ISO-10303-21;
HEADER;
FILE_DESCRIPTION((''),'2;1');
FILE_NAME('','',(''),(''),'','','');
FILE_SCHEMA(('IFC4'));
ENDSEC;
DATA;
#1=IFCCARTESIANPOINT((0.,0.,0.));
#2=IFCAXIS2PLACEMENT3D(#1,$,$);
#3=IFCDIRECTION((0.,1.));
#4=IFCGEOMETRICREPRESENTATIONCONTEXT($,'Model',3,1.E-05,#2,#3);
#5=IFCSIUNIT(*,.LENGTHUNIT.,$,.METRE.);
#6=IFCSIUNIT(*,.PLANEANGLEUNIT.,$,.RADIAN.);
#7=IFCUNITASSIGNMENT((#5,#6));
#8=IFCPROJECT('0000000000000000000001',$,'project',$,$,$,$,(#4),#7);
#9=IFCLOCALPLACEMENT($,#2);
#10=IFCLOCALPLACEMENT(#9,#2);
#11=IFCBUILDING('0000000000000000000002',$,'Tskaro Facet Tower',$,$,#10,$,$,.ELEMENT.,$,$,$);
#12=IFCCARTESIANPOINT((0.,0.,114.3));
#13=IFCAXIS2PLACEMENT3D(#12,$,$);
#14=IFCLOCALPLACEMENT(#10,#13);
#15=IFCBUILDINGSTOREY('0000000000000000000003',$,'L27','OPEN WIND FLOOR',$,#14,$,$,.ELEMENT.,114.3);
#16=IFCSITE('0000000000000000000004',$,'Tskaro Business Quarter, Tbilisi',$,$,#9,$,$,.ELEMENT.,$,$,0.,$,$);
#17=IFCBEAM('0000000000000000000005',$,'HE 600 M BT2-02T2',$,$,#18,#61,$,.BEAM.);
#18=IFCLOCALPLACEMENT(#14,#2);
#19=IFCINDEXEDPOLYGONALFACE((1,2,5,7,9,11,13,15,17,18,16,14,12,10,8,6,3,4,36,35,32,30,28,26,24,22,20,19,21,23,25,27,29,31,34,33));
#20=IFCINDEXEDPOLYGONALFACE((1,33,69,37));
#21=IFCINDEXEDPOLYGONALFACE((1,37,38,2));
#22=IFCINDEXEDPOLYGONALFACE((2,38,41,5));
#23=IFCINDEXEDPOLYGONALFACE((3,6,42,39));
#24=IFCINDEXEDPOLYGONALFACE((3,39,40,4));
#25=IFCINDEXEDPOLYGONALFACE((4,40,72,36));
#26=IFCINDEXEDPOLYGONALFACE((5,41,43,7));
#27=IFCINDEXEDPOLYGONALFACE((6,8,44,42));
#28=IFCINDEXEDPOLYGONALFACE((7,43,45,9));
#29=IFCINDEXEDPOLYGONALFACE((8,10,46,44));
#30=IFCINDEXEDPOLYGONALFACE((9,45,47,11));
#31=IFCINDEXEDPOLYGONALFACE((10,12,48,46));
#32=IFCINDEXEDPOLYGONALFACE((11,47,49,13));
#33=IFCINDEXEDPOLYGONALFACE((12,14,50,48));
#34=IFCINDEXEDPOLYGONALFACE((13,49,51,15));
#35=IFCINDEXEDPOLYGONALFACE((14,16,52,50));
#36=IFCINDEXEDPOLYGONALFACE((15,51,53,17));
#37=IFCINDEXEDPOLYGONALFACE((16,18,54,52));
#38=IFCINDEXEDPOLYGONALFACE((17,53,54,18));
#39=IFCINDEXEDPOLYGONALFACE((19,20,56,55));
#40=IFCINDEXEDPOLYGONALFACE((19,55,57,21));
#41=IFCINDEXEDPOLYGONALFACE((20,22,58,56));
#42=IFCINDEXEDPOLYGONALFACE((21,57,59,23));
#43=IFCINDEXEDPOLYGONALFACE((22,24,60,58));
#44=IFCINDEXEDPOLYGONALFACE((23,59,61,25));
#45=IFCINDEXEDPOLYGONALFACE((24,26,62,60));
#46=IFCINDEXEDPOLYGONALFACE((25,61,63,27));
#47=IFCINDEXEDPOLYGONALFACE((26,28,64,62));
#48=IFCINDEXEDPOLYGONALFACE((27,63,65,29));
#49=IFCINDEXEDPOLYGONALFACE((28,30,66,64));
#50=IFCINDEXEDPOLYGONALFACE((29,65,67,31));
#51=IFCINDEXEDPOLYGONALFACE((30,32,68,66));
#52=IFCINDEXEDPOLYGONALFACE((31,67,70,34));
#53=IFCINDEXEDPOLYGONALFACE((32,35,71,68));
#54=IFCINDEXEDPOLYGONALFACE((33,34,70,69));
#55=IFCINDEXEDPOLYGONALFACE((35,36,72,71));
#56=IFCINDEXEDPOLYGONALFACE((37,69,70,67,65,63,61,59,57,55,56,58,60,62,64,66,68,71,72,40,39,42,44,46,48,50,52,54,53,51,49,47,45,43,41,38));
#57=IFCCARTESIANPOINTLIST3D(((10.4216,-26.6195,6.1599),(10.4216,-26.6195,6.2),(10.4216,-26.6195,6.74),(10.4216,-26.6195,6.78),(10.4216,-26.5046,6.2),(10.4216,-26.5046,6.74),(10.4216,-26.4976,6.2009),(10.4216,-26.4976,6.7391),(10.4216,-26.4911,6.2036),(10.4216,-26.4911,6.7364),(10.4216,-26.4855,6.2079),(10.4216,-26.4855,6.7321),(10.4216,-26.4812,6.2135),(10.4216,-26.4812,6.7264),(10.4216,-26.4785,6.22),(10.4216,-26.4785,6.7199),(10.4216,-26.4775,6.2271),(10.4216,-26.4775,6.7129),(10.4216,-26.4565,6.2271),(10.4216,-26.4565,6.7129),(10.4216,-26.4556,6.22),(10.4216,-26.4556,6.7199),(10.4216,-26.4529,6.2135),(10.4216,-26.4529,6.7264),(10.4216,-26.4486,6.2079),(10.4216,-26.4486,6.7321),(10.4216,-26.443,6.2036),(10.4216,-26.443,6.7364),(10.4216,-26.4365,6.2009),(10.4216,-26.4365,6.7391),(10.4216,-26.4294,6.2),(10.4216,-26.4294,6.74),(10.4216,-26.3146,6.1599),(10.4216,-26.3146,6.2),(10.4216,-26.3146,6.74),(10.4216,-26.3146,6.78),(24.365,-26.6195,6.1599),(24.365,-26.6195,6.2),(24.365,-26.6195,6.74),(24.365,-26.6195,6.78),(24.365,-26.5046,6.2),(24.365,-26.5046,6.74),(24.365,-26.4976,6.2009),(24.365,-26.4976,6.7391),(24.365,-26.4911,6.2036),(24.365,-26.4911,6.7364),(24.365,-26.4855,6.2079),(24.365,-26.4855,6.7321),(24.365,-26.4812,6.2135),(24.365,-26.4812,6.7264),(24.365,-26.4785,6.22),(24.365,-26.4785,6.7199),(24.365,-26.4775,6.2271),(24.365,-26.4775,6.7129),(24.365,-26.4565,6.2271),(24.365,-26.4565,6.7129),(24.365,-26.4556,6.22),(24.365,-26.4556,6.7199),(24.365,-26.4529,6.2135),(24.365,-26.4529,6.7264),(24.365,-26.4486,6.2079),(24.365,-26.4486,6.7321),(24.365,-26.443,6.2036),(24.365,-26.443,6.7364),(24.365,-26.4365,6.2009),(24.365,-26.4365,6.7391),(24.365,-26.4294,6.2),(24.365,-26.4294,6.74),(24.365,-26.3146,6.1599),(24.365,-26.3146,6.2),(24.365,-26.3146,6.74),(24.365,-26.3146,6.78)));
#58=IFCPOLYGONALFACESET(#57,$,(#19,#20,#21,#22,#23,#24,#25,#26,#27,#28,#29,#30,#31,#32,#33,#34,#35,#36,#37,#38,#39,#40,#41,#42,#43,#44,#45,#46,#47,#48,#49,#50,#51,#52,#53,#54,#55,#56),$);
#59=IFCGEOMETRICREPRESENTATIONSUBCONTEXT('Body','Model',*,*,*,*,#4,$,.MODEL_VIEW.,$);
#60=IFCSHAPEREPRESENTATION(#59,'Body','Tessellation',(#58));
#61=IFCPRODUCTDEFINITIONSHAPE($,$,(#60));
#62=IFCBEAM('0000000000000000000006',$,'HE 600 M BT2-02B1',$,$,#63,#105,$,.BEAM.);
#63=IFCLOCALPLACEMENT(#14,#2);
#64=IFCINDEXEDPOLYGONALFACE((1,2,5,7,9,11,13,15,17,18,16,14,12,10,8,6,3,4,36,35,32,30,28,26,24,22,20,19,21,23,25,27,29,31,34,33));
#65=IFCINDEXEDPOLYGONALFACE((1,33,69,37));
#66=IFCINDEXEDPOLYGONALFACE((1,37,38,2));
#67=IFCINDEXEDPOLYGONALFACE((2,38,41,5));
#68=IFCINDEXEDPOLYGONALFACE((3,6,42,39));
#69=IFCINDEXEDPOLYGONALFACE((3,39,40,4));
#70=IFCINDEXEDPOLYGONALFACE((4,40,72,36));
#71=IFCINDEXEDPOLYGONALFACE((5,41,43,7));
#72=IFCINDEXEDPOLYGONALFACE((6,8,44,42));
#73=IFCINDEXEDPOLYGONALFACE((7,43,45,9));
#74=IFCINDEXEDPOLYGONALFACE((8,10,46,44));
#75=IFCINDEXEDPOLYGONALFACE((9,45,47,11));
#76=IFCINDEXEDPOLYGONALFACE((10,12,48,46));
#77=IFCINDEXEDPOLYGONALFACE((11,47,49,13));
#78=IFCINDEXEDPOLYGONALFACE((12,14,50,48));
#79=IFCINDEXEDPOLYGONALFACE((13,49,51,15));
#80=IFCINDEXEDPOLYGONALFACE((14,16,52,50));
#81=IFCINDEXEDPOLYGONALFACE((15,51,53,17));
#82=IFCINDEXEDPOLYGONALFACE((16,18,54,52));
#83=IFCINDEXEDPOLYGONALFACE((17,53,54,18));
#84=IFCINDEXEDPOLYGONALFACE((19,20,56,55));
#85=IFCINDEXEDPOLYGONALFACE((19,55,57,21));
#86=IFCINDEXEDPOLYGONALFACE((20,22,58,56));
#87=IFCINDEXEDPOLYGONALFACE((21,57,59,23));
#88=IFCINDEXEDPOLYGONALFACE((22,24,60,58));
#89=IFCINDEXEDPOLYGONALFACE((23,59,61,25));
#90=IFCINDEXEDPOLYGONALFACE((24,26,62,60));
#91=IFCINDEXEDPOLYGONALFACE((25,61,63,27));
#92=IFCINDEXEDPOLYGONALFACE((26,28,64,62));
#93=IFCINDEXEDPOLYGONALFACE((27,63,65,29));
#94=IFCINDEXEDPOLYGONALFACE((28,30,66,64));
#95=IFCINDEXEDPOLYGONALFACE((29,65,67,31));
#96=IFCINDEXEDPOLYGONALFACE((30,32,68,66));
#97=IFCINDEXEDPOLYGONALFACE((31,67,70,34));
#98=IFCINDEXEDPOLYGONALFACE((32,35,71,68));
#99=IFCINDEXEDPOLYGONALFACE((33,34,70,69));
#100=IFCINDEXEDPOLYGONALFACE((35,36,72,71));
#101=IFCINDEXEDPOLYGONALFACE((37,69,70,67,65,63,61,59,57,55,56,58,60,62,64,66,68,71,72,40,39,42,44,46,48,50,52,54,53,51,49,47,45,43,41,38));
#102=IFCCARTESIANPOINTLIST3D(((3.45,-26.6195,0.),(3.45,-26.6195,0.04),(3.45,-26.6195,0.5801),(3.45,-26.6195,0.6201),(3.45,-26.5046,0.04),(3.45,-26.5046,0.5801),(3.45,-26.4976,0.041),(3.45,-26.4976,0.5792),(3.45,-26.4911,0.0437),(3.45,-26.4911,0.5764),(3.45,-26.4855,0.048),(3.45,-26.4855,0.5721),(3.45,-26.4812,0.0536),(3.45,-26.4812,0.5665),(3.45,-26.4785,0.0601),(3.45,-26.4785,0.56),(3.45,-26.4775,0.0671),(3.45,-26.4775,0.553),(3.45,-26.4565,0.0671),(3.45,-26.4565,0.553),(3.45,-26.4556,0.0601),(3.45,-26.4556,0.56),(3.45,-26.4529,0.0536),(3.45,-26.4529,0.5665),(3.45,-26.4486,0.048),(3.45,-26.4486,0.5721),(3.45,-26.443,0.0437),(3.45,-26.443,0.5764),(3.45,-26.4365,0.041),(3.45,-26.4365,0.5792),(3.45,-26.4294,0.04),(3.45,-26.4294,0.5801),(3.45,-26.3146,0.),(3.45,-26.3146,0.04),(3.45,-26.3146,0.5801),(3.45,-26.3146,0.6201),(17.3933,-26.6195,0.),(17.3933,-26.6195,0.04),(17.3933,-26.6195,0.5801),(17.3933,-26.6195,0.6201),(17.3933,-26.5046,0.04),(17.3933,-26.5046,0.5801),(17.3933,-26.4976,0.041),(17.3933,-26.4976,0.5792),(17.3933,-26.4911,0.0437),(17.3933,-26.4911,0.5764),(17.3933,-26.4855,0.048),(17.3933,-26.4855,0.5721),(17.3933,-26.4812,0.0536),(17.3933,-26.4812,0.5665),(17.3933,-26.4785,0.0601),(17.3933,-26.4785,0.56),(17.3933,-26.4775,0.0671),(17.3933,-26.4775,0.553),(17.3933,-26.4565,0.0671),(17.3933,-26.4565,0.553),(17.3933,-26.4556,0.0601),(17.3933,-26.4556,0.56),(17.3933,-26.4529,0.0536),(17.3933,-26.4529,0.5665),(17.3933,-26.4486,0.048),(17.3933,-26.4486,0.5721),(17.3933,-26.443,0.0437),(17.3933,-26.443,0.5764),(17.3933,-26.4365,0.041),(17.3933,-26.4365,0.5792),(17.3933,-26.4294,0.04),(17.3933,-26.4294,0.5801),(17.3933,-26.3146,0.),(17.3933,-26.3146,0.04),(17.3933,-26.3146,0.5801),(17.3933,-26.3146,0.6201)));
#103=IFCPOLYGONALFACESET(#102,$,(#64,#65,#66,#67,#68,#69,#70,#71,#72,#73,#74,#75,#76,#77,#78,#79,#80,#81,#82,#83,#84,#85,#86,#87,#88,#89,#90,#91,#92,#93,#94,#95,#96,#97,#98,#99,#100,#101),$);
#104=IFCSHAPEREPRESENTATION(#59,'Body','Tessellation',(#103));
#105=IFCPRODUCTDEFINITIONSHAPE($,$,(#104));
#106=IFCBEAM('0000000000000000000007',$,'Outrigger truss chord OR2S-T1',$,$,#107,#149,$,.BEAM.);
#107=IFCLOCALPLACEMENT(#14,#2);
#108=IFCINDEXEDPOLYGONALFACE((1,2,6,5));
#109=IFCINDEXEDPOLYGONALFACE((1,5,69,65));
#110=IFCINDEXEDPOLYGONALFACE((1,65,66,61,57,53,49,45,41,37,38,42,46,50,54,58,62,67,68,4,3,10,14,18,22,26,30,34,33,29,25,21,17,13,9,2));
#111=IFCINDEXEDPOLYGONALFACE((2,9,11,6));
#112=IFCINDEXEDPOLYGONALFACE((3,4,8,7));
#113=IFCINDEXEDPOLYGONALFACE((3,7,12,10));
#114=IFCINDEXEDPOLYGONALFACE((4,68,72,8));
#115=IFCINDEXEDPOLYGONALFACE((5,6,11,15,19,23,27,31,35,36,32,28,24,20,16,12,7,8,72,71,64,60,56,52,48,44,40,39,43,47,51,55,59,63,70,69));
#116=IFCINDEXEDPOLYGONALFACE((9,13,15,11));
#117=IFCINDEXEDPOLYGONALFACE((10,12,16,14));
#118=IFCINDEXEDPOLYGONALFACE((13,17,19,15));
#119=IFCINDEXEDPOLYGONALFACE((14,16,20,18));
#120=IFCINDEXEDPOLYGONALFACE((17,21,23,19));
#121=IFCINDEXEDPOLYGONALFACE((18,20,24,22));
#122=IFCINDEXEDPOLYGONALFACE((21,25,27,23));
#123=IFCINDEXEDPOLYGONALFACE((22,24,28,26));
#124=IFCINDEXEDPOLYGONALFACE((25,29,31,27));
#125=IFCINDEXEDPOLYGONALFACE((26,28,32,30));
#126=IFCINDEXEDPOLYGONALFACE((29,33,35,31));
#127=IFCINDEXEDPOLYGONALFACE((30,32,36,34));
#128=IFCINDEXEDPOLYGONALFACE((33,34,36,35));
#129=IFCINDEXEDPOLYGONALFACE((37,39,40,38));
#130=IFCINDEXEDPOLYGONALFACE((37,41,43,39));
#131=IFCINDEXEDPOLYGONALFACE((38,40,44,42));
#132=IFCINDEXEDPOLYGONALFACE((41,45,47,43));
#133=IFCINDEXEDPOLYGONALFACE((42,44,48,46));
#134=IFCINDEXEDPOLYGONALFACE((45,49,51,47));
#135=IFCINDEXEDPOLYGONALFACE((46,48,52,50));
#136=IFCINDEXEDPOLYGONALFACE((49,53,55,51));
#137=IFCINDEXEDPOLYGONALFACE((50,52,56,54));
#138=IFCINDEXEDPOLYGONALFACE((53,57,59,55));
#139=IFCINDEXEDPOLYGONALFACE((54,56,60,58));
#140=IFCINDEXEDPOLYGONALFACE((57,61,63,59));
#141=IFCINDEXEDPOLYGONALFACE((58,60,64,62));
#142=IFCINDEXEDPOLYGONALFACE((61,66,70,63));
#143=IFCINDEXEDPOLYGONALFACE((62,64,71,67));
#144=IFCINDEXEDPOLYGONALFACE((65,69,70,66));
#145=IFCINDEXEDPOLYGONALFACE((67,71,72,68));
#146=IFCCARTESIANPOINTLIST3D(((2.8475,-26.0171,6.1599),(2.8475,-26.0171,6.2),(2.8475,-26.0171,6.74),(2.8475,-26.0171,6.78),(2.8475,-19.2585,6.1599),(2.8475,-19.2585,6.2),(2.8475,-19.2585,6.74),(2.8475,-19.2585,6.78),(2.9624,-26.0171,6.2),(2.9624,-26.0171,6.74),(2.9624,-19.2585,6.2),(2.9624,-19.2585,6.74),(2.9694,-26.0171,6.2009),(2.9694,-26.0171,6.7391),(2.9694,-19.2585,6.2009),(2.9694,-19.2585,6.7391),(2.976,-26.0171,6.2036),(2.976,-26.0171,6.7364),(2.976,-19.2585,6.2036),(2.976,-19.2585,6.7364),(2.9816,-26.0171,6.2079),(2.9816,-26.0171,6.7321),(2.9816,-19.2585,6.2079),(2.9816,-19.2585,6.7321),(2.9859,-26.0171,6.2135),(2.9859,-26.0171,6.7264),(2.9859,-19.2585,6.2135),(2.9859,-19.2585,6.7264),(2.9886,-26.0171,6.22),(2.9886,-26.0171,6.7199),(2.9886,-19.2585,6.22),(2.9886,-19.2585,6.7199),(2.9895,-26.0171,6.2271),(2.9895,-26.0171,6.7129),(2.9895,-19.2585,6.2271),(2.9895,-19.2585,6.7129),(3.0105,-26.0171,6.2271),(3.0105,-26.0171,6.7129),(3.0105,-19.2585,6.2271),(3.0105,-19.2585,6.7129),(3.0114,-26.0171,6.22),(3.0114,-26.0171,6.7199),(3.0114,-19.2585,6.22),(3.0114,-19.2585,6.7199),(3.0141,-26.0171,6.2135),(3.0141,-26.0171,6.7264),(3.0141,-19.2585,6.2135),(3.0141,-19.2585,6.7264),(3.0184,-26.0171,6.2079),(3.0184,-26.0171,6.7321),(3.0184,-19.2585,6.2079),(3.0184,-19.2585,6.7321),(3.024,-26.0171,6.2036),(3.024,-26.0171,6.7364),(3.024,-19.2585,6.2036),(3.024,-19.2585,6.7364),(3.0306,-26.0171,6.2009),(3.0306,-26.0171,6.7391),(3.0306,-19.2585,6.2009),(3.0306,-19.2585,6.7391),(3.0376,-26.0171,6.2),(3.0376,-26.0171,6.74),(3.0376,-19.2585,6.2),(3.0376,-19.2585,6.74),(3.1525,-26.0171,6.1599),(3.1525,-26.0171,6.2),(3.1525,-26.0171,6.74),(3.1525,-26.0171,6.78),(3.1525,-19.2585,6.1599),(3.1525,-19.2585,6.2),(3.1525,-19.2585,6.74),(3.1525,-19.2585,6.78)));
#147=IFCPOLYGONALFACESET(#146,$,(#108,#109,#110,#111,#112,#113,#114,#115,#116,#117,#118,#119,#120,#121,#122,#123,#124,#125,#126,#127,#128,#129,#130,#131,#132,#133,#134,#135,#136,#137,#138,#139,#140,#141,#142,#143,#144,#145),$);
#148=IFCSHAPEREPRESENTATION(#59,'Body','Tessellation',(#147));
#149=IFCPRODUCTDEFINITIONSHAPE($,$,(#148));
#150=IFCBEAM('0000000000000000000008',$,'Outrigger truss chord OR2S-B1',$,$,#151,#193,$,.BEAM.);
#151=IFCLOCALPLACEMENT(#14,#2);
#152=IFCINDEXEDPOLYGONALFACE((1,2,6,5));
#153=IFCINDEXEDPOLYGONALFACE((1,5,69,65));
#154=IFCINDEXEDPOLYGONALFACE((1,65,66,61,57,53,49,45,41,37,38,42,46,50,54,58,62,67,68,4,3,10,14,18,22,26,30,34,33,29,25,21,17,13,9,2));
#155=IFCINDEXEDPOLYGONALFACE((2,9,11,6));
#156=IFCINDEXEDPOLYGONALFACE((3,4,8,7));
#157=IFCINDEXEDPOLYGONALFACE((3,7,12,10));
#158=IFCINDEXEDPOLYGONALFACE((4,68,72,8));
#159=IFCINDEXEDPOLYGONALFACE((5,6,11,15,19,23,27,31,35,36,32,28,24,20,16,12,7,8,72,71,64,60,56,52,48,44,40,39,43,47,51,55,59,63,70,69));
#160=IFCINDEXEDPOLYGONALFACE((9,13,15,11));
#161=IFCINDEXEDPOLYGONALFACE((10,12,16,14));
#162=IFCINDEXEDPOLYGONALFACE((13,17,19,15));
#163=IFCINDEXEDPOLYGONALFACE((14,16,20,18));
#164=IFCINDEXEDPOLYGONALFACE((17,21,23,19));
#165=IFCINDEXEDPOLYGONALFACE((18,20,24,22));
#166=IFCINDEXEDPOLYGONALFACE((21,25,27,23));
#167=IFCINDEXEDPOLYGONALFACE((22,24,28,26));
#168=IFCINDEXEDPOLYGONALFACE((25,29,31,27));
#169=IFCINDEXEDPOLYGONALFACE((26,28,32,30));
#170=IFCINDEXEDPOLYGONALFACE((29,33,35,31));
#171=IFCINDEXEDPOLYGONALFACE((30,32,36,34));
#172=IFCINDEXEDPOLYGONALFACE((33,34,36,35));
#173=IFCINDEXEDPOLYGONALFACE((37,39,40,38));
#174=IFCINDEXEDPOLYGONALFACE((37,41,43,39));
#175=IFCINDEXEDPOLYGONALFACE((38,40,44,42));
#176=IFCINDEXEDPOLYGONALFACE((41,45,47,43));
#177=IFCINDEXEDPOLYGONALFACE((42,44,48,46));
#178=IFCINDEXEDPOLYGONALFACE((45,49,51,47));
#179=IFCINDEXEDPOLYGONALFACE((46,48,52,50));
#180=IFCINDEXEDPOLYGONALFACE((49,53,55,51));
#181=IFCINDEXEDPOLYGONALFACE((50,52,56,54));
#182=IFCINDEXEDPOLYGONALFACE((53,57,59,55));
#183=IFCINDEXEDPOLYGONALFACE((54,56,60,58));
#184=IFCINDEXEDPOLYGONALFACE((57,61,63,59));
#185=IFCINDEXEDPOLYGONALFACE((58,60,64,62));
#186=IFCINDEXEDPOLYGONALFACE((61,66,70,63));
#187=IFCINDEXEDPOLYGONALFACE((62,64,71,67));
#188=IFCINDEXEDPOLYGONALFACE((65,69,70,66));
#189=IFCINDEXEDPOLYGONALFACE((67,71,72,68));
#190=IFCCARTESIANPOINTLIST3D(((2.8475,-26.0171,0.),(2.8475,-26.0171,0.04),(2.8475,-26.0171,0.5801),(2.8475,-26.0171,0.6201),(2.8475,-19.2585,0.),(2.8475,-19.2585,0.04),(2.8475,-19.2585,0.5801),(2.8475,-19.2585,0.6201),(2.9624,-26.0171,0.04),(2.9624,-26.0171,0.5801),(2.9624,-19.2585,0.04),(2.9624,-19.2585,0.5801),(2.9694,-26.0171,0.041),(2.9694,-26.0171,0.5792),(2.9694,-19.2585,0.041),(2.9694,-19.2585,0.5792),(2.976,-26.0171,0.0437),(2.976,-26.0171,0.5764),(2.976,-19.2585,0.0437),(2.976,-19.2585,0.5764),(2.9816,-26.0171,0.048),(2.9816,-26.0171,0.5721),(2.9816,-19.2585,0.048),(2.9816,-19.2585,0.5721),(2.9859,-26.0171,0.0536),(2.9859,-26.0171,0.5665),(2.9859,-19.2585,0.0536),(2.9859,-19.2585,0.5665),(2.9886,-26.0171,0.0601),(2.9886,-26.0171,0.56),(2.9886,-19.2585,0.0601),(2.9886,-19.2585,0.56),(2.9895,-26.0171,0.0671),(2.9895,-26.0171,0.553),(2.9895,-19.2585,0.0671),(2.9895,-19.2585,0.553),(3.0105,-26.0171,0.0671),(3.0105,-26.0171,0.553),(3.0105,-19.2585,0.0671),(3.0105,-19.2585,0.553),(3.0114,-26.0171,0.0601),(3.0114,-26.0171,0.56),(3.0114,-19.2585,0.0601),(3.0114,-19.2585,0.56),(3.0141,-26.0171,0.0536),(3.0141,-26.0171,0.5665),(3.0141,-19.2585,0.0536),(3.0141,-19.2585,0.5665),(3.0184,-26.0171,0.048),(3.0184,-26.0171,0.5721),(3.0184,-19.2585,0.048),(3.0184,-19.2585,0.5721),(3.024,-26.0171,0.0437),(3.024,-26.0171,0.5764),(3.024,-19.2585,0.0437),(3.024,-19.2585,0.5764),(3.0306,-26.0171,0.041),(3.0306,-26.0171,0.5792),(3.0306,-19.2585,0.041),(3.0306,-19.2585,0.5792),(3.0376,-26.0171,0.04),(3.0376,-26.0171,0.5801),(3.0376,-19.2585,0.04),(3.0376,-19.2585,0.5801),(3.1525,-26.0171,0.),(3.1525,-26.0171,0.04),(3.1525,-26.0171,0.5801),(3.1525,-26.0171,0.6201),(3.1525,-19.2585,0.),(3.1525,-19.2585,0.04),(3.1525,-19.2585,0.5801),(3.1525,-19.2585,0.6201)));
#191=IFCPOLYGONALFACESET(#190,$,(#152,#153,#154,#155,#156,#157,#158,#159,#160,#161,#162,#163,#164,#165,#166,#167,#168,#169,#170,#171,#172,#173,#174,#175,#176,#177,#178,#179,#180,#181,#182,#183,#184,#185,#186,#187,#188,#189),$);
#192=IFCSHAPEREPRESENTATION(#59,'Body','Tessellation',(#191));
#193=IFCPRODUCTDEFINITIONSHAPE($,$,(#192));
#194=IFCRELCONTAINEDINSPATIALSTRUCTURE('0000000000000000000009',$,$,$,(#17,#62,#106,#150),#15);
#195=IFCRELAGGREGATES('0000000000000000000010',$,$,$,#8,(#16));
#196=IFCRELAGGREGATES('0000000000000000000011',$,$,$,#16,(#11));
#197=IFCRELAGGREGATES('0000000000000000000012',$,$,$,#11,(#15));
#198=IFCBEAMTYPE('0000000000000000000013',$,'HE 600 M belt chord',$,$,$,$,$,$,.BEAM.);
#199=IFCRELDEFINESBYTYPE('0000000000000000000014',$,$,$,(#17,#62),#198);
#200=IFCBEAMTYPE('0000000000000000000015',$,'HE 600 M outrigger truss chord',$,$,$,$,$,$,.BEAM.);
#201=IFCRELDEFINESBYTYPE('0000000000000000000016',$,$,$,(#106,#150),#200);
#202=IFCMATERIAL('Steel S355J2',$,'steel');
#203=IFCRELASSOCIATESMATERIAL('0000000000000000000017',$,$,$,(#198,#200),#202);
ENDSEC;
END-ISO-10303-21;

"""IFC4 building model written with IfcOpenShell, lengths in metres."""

from ifc_helpers import new_model, si_unit, direction, frame, origin, origin_2d, place, context, subcontext, project, spatial, i_section, extrude, material, material_profile, profile_set, type_object, element, save


model = new_model("IFC4")

# Units and contexts
model_context = context("Model", 3, precision=1e-05, world=origin(), true_north=direction((0.0, 1.0)))
body_context = subcontext(model_context, "Body", "Model", "MODEL_VIEW")
ifc_project = project(units=[si_unit("LENGTHUNIT", "METRE"), si_unit("PLANEANGLEUNIT", "RADIAN")], contexts=[model_context])

# Site, building, storey
site_placement = place(None, origin())
site = spatial("IfcSite", under=ifc_project, at=site_placement, Name="Tskaro Business Quarter, Tbilisi", CompositionType="ELEMENT", RefElevation=0.0)
building_placement = place(site_placement, origin())
building = spatial("IfcBuilding", under=site, at=building_placement, Name="Tskaro Facet Tower", CompositionType="ELEMENT")
storey_placement = place(building_placement, frame((0.0, 0.0, 114.3)))
storey = spatial("IfcBuildingStorey", under=building, at=storey_placement, Name="L27", Description="OPEN WIND FLOOR", CompositionType="ELEMENT", Elevation=114.3)

# Shared definitions
ifc_material_1 = material(Name="Steel S355J2", Category="steel")

# Beams
ifc_material_profile_1 = material_profile(ifc_material_1, i_section(OverallWidth=0.3049, OverallDepth=0.6201, WebThickness=0.021, FlangeThickness=0.04, FilletRadius=0.0271, at=origin_2d()), Name="HE 600 M")
ifc_profile_set_1 = profile_set([ifc_material_profile_1], Name="Steel S355J2")
beam_type_1 = type_object("IfcBeamType", Name="HE 600 M belt chord", PredefinedType="BEAM", material=ifc_profile_set_1)
for number, where, z_axis, x_axis, name in (
    (1, (10.4216, -26.467, 6.47), (1.0, 0.0, 0.0), (0.0, 1.0, 0.0), "HE 600 M BT2-02T2"),
    (2, (3.45, -26.467, 0.3101), (1.0, 0.0, 0.0), (0.0, 1.0, 0.0), "HE 600 M BT2-02B1"),
):
    element("IfcBeam", number, at=place(storey_placement, frame(where, z_axis=z_axis, x_axis=x_axis)), inside=storey, type_object=beam_type_1, Name=name, PredefinedType="BEAM", context=body_context, shape_type="SweptSolid", body=[
        extrude(i_section(OverallWidth=0.3049, OverallDepth=0.6201, WebThickness=0.021, FlangeThickness=0.04, FilletRadius=0.0271, at=origin_2d()), origin(), (0.0, 0.0, 1.0), 13.9434),
    ])
ifc_material_profile_2 = material_profile(ifc_material_1, i_section(OverallWidth=0.3049, OverallDepth=0.6201, WebThickness=0.021, FlangeThickness=0.04, FilletRadius=0.0271, at=origin_2d()), Name="HE 600 M")
ifc_profile_set_2 = profile_set([ifc_material_profile_2], Name="Steel S355J2")
beam_type_2 = type_object("IfcBeamType", Name="HE 600 M outrigger truss chord", PredefinedType="BEAM", material=ifc_profile_set_2)
for number, where, z_axis, x_axis, name in (
    (3, (3.0, -26.0171, 6.47), (0.0, 1.0, 0.0), (-1.0, 0.0, 0.0), "Outrigger truss chord OR2S-T1"),
    (4, (3.0, -26.0171, 0.3101), (0.0, 1.0, 0.0), (-1.0, 0.0, 0.0), "Outrigger truss chord OR2S-B1"),
):
    element("IfcBeam", number, at=place(storey_placement, frame(where, z_axis=z_axis, x_axis=x_axis)), inside=storey, type_object=beam_type_2, Name=name, PredefinedType="BEAM", context=body_context, shape_type="SweptSolid", body=[
        extrude(i_section(OverallWidth=0.3049, OverallDepth=0.6201, WebThickness=0.021, FlangeThickness=0.04, FilletRadius=0.0271, at=origin_2d()), origin(), (0.0, 0.0, 1.0), 6.7585),
    ])

save(model, "model.ifc")
